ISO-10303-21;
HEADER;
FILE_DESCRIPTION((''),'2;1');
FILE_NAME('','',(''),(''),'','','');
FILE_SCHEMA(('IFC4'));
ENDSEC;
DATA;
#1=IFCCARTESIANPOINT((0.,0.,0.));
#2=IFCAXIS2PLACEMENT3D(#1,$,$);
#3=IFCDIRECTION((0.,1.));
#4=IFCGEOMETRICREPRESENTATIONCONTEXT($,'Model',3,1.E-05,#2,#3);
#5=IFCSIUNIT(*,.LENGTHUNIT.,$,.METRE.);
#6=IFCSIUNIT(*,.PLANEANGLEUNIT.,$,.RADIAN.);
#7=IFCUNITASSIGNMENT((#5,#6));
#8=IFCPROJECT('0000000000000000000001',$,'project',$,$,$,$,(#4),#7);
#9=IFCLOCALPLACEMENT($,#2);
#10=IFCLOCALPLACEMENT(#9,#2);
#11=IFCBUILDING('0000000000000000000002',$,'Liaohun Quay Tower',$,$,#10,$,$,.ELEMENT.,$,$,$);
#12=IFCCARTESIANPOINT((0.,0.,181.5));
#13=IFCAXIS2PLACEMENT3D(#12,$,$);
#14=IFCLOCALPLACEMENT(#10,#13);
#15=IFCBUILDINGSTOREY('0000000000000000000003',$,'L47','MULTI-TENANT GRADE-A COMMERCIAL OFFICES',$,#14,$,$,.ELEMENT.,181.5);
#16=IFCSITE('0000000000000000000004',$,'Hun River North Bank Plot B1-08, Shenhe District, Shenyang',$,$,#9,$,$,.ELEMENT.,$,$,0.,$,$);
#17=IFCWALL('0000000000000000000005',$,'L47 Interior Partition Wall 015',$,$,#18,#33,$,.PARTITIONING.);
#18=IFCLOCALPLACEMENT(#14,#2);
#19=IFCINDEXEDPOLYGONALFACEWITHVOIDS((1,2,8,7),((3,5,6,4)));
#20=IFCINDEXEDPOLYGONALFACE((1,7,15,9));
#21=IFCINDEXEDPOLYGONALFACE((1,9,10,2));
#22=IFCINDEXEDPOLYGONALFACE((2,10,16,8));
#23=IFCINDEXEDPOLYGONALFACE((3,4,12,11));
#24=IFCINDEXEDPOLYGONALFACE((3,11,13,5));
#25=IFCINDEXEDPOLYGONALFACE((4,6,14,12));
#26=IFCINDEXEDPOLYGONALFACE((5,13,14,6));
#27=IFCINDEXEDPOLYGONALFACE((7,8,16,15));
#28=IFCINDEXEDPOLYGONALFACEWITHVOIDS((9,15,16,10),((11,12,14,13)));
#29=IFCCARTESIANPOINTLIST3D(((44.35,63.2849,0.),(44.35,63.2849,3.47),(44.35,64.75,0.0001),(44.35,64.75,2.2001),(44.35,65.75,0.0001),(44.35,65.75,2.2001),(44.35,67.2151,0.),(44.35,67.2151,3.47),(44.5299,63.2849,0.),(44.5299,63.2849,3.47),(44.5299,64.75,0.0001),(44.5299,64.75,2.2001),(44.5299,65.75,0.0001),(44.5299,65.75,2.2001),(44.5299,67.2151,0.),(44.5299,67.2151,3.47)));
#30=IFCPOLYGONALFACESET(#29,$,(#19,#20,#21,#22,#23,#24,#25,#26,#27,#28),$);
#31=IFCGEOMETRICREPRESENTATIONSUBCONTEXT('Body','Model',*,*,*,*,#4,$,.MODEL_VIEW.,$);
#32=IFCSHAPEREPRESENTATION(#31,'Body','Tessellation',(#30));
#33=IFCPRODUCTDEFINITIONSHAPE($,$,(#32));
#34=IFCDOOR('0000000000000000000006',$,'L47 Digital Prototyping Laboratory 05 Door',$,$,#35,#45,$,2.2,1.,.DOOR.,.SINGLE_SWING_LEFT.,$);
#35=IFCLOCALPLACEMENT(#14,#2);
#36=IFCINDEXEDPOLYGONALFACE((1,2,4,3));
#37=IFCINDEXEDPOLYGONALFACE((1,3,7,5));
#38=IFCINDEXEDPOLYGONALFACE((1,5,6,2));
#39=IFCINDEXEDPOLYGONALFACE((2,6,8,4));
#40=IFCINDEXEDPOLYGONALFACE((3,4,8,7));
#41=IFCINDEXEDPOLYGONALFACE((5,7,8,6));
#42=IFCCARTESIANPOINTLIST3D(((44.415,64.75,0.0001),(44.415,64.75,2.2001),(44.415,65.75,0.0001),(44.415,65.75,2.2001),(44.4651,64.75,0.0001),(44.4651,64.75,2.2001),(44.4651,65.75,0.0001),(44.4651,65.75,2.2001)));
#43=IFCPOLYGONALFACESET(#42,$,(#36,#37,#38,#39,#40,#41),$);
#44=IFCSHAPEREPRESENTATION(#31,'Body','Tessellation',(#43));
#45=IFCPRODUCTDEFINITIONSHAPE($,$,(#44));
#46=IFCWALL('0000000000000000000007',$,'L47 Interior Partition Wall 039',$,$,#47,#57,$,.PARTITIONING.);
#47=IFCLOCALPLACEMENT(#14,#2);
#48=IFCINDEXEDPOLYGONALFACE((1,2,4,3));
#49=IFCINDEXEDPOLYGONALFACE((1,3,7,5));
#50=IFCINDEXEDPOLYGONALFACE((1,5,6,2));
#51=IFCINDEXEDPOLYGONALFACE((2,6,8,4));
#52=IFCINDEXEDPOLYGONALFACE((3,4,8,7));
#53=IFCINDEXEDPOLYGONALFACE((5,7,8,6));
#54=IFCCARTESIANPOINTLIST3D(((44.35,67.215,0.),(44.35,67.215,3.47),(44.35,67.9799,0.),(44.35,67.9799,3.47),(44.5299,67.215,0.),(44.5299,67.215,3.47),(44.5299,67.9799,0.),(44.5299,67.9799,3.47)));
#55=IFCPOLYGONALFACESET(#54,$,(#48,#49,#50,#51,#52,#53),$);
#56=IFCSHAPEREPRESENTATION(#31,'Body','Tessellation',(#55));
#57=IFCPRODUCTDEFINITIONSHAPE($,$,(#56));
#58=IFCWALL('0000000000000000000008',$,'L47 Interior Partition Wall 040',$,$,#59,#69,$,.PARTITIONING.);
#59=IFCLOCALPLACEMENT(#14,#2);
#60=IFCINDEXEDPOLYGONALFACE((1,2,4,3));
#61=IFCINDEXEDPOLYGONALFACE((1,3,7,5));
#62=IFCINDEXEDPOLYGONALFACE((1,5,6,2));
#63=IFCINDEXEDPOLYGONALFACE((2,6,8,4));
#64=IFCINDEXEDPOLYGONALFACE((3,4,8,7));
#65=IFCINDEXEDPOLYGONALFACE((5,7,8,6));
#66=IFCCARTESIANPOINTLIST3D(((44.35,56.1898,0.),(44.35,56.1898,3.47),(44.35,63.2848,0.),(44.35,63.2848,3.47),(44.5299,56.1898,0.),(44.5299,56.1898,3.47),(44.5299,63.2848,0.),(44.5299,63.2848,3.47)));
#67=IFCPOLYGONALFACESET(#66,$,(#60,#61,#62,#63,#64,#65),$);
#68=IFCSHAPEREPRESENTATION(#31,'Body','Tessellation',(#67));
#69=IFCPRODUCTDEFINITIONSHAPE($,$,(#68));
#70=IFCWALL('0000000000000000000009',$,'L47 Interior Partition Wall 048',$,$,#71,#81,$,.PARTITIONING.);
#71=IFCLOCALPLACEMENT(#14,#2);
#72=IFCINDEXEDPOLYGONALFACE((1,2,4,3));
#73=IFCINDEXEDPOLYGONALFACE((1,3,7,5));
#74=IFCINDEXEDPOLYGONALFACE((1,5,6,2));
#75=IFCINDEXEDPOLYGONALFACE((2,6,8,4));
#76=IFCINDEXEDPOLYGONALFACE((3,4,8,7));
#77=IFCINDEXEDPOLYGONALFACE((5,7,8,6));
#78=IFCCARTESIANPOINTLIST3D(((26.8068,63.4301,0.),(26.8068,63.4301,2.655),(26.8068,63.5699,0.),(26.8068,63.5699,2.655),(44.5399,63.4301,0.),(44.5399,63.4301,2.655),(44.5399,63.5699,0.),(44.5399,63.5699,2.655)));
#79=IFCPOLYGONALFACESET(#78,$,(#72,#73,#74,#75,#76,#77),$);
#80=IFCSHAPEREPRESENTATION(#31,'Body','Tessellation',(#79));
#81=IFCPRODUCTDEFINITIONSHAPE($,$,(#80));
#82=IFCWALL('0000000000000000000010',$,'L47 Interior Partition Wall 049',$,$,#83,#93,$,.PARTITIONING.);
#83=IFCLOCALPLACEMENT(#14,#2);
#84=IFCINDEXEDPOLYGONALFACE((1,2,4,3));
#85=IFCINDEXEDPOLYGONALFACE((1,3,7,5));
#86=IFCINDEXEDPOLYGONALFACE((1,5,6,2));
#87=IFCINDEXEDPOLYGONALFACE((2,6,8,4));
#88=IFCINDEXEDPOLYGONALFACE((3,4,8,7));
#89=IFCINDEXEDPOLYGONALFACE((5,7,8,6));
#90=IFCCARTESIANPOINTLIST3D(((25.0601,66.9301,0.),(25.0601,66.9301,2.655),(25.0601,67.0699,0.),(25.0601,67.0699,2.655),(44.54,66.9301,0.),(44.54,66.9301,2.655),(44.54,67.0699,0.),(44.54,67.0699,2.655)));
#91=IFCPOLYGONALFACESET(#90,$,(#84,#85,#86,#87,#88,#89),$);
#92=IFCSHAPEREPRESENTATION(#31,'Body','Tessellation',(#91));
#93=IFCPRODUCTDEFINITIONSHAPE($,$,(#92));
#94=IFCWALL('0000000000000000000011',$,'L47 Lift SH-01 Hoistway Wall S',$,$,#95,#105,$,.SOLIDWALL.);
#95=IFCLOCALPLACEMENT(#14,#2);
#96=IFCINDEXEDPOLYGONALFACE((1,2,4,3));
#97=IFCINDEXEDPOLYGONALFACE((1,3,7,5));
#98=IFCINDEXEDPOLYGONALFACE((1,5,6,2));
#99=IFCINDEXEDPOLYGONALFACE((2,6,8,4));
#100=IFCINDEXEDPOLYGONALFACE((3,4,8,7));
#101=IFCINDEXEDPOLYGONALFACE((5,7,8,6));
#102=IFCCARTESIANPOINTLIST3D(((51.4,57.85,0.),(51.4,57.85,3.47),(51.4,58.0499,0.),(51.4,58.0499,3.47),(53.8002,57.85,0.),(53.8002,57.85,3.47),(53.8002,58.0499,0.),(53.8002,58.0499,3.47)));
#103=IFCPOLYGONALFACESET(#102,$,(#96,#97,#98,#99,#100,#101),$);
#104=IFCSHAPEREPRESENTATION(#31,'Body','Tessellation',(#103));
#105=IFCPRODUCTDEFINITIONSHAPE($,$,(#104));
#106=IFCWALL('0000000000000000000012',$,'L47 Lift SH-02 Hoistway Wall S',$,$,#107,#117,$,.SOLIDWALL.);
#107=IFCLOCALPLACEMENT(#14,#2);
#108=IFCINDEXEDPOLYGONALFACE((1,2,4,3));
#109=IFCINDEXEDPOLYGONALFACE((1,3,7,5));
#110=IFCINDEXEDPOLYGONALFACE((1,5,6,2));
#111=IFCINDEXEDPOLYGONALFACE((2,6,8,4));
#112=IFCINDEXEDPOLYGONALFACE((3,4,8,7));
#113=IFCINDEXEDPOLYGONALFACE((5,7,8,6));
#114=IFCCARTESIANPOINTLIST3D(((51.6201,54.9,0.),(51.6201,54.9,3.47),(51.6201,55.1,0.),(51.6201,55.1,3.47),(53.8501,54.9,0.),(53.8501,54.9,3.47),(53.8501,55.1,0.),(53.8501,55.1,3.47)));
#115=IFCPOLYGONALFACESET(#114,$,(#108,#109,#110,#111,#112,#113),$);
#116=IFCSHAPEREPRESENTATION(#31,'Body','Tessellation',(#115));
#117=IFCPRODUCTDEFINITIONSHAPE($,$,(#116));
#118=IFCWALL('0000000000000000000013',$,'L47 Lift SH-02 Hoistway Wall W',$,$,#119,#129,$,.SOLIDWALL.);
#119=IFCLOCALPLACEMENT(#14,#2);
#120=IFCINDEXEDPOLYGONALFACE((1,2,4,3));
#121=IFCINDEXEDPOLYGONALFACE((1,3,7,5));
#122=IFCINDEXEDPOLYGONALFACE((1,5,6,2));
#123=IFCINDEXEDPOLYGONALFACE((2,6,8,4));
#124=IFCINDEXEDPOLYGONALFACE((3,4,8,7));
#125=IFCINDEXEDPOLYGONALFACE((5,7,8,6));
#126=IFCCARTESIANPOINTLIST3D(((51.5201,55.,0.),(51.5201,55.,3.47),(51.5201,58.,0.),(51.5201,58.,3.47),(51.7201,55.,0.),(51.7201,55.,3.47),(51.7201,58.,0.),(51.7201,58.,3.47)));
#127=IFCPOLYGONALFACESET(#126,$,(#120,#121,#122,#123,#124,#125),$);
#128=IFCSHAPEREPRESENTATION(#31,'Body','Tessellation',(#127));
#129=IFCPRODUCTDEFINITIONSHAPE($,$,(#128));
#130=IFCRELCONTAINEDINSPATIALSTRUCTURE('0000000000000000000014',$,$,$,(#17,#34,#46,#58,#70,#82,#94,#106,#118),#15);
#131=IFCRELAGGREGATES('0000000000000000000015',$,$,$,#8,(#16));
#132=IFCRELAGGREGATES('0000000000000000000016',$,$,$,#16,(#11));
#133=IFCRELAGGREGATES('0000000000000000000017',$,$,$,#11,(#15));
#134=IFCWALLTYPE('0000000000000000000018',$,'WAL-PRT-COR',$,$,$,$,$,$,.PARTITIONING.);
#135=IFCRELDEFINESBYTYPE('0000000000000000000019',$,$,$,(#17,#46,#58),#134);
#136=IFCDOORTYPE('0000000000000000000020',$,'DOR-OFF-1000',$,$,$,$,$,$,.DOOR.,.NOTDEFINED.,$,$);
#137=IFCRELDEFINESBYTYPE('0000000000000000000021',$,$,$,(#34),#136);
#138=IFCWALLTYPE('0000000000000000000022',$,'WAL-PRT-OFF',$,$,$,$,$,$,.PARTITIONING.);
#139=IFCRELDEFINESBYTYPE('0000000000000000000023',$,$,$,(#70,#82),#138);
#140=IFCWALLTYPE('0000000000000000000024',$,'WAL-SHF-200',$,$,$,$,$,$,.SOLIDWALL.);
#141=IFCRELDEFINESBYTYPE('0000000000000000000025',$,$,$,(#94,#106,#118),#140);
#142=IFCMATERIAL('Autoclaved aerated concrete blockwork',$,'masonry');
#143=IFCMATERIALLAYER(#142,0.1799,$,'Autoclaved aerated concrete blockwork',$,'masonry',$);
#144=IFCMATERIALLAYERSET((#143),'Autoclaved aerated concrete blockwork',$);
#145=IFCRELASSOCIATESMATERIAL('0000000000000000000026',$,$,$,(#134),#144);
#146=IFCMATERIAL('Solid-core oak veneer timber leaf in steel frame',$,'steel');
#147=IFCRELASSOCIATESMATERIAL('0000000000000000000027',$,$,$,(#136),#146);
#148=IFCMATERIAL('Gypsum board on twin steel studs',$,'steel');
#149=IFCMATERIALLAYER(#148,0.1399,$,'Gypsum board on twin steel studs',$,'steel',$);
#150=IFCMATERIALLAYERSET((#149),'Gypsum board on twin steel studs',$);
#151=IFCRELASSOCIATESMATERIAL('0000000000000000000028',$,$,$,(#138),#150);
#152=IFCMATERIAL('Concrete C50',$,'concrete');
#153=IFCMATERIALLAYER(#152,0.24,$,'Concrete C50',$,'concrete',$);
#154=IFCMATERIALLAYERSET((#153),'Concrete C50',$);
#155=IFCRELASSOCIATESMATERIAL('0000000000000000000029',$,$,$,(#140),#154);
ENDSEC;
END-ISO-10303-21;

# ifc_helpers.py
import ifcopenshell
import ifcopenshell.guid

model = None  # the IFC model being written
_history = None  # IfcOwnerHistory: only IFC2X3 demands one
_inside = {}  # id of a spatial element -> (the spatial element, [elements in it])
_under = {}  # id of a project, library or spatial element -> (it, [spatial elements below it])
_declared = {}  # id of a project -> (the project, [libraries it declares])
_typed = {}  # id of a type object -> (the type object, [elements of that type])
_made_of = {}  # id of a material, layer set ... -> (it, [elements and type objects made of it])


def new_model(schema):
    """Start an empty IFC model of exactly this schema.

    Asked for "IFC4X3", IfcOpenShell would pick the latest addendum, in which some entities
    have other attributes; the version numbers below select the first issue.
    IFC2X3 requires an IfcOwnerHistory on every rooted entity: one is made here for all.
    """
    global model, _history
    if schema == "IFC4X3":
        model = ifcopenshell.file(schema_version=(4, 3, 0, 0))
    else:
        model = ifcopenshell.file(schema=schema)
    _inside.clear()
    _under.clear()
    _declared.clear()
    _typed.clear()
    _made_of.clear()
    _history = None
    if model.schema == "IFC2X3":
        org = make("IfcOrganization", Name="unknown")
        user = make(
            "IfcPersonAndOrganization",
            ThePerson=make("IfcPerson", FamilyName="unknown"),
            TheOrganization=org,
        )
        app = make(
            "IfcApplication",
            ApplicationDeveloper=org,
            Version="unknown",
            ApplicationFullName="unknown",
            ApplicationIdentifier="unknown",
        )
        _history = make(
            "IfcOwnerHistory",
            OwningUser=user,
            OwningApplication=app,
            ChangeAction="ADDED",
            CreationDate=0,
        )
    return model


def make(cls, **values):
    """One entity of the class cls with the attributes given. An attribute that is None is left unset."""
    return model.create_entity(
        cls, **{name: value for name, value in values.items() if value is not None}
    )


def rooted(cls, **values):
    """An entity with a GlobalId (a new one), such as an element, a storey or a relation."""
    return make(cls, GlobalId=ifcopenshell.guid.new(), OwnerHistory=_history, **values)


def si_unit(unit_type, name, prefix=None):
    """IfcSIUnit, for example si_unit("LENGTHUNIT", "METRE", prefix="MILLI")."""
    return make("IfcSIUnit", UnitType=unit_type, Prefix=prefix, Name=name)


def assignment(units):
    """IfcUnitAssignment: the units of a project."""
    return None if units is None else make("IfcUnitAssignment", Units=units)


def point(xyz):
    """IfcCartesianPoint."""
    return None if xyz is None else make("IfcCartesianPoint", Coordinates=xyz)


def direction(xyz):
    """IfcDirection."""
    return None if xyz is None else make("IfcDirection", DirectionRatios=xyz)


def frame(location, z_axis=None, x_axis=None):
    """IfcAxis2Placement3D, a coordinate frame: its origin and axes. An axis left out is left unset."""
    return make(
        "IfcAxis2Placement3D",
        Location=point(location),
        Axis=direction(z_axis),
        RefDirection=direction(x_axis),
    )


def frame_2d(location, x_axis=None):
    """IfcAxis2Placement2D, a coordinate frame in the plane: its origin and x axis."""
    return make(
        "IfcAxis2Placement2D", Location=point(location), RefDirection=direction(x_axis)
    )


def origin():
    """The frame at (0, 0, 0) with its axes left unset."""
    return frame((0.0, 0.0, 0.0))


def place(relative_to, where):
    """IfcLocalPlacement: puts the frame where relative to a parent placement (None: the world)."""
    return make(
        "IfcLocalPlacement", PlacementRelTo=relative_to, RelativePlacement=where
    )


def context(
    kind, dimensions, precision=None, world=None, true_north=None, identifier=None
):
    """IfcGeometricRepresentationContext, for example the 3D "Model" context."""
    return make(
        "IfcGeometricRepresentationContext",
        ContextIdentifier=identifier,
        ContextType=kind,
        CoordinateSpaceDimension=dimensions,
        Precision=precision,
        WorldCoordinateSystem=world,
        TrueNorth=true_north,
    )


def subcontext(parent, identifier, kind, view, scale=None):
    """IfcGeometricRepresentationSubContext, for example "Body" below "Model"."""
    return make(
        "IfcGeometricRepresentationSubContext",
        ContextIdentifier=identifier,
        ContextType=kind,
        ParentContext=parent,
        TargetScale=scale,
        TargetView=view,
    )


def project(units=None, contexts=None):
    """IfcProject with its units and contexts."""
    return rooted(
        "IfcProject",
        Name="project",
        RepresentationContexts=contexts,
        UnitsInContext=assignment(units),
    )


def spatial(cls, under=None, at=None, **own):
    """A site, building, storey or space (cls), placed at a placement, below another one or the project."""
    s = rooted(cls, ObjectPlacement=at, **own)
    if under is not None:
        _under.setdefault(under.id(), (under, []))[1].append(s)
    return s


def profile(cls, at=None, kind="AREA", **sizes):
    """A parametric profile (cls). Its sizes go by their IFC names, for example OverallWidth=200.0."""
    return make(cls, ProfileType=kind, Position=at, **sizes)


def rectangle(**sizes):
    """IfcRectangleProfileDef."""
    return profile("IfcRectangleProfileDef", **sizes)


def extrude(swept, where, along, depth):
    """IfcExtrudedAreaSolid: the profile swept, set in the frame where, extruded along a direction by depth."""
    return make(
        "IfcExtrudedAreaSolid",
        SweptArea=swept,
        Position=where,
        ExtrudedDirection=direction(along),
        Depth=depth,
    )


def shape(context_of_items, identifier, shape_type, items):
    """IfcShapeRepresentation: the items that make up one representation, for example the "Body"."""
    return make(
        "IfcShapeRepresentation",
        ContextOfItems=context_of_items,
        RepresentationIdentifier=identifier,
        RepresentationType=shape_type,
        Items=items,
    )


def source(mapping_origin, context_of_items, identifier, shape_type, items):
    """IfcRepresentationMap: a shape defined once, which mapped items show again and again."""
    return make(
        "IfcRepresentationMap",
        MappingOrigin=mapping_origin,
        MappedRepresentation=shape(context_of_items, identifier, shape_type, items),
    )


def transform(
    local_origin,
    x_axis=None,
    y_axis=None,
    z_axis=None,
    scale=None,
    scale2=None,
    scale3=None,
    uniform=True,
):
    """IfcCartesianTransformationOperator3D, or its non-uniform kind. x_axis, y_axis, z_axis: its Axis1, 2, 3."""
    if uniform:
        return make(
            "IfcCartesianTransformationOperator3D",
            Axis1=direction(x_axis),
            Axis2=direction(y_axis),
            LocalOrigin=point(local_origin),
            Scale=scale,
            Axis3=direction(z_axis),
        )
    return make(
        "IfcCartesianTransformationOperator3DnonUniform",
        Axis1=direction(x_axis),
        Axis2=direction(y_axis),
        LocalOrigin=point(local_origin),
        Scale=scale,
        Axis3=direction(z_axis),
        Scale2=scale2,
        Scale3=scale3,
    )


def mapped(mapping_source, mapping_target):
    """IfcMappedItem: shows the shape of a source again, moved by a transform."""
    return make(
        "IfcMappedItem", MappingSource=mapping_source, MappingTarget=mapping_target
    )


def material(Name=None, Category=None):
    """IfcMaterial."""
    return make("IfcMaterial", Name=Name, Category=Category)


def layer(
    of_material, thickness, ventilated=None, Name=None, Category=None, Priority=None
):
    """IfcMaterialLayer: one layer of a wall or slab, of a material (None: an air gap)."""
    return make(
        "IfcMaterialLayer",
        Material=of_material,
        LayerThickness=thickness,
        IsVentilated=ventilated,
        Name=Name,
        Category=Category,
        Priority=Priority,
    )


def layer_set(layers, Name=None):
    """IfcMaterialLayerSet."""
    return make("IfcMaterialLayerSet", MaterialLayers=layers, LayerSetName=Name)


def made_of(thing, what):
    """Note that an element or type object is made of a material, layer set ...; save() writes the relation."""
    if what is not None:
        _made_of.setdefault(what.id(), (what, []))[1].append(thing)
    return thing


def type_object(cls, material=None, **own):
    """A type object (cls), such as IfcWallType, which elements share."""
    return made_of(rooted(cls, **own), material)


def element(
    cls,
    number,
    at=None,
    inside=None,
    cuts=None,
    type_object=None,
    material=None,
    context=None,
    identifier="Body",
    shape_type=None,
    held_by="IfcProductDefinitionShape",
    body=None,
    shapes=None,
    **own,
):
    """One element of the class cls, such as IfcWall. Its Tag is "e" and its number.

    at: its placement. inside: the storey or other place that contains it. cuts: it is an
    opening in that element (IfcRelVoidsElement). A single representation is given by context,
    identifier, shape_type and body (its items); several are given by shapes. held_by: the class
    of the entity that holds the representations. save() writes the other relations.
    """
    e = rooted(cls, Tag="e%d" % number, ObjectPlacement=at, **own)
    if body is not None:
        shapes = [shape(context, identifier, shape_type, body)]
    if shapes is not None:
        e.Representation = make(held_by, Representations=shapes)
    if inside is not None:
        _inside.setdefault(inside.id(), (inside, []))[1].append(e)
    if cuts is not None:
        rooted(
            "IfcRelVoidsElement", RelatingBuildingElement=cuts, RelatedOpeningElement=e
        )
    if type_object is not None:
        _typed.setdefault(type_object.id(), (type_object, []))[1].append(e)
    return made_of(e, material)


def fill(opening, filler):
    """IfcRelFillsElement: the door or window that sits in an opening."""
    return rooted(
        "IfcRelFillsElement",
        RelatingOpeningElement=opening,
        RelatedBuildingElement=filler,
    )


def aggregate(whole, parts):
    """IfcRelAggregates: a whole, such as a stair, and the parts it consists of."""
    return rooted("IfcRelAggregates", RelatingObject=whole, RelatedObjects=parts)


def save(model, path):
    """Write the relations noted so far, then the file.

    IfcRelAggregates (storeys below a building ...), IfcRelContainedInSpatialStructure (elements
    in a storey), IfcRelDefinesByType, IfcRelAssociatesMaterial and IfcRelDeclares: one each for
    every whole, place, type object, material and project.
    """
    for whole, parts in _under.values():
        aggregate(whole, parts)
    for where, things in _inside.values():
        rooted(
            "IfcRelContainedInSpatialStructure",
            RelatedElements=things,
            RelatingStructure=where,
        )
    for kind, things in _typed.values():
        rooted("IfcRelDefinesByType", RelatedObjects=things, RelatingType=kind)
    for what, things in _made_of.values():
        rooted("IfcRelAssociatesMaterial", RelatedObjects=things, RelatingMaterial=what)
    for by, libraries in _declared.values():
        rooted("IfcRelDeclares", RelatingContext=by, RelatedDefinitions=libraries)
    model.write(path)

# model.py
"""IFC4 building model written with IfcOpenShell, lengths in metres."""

from ifc_helpers import new_model, si_unit, direction, frame, frame_2d, origin, place, context, subcontext, project, spatial, rectangle, extrude, source, transform, mapped, material, layer, layer_set, type_object, element, fill, save


model = new_model("IFC4")

# Units and contexts
model_context = context("Model", 3, precision=1e-05, world=origin(), true_north=direction((0.0, 1.0)))
body_context = subcontext(model_context, "Body", "Model", "MODEL_VIEW")
ifc_project = project(units=[si_unit("LENGTHUNIT", "METRE"), si_unit("PLANEANGLEUNIT", "RADIAN")], contexts=[model_context])

# Site, building, storey
site_placement = place(None, origin())
site = spatial("IfcSite", under=ifc_project, at=site_placement, Name="Hun River North Bank Plot B1-08, Shenhe District, Shenyang", CompositionType="ELEMENT", RefElevation=0.0)
building_placement = place(site_placement, origin())
building = spatial("IfcBuilding", under=site, at=building_placement, Name="Liaohun Quay Tower", CompositionType="ELEMENT")
storey_placement = place(building_placement, frame((0.0, 0.0, 181.5)))
storey = spatial("IfcBuildingStorey", under=building, at=storey_placement, Name="L47", Description="MULTI-TENANT GRADE-A COMMERCIAL OFFICES", CompositionType="ELEMENT", Elevation=181.5)

# Wall, opening, door
ifc_material_1 = material(Name="Autoclaved aerated concrete blockwork", Category="masonry")
ifc_layer_1 = layer(ifc_material_1, 0.1799, Name="Autoclaved aerated concrete blockwork", Category="masonry")
ifc_layer_set_1 = layer_set([ifc_layer_1], Name="Autoclaved aerated concrete blockwork")
wall_type_1 = type_object("IfcWallType", Name="WAL-PRT-COR", PredefinedType="PARTITIONING", material=ifc_layer_set_1)
wall_1_placement = place(storey_placement, frame((44.4399, 63.2849, 0.0), z_axis=(0.0, 0.0, 1.0), x_axis=(0.0, 1.0, 0.0)))
wall_1 = element("IfcWall", 1, at=wall_1_placement, inside=storey, type_object=wall_type_1, Name="L47 Interior Partition Wall 015", PredefinedType="PARTITIONING", context=body_context, shape_type="SweptSolid", body=[
    extrude(rectangle(XDim=3.9302, YDim=0.1799, at=frame_2d((1.9651, 0.0))), origin(), (0.0, 0.0, 1.0), 3.47),
])
shared_shape_1 = source(origin(), body_context, "Body", "SweptSolid", [
    extrude(rectangle(XDim=1.0, YDim=2.2, at=frame_2d((0.5, 1.1001))), frame((0.0, 0.0999, 0.0), z_axis=(0.0, -1.0, 0.0), x_axis=(1.0, 0.0, 0.0)), (0.0, 0.0, 1.0), 0.2),
])
opening_1_placement = place(wall_1_placement, frame((1.4651, 0.0, 0.0)))
opening_1 = element("IfcOpeningElement", 2, at=opening_1_placement, cuts=wall_1, PredefinedType="OPENING", context=body_context, shape_type="MappedRepresentation", body=[
    mapped(shared_shape_1, transform((0.0, 0.0, 0.0), x_axis=(1.0, 0.0, 0.0), y_axis=(0.0, 1.0, 0.0), z_axis=(0.0, 0.0, 1.0), scale=1.0)),
])
ifc_material_2 = material(Name="Solid-core oak veneer timber leaf in steel frame", Category="steel")
door_type_1 = type_object("IfcDoorType", Name="DOR-OFF-1000", OperationType="NOTDEFINED", PredefinedType="DOOR", material=ifc_material_2)
shared_shape_2 = source(origin(), body_context, "Body", "SweptSolid", [
    extrude(rectangle(XDim=1.0, YDim=2.2, at=frame_2d((0.5, 1.1001))), frame((0.0, 0.0249, 0.0), z_axis=(0.0, -1.0, 0.0), x_axis=(1.0, 0.0, 0.0)), (0.0, 0.0, 1.0), 0.05),
])
door_1_placement = place(opening_1_placement, origin())
door_1 = element("IfcDoor", 3, at=door_1_placement, inside=storey, type_object=door_type_1, Name="L47 Digital Prototyping Laboratory 05 Door", OperationType="SINGLE_SWING_LEFT", OverallHeight=2.2, OverallWidth=1.0, PredefinedType="DOOR", context=body_context, shape_type="MappedRepresentation", body=[
    mapped(shared_shape_2, transform((0.0, 0.0, 0.0), x_axis=(1.0, 0.0, 0.0), y_axis=(0.0, 1.0, 0.0), z_axis=(0.0, 0.0, 1.0), scale=1.0)),
])
fill(opening_1, door_1)

# Walls
wall_2_placement = place(storey_placement, frame((44.4399, 67.2151, 0.0), z_axis=(0.0, 0.0, 1.0), x_axis=(0.0, 1.0, 0.0)))
element("IfcWall", 4, at=wall_2_placement, inside=storey, type_object=wall_type_1, Name="L47 Interior Partition Wall 039", PredefinedType="PARTITIONING", context=body_context, shape_type="SweptSolid", body=[
    extrude(rectangle(XDim=0.7649, YDim=0.1799, at=frame_2d((0.3823, 0.0))), origin(), (0.0, 0.0, 1.0), 3.47),
])
wall_3_placement = place(storey_placement, frame((44.4399, 56.1899, 0.0), z_axis=(0.0, 0.0, 1.0), x_axis=(0.0, 1.0, 0.0)))
element("IfcWall", 5, at=wall_3_placement, inside=storey, type_object=wall_type_1, Name="L47 Interior Partition Wall 040", PredefinedType="PARTITIONING", context=body_context, shape_type="SweptSolid", body=[
    extrude(rectangle(XDim=7.095, YDim=0.1799, at=frame_2d((3.5474, 0.0))), origin(), (0.0, 0.0, 1.0), 3.47),
])
ifc_material_3 = material(Name="Gypsum board on twin steel studs", Category="steel")
ifc_layer_2 = layer(ifc_material_3, 0.1399, Name="Gypsum board on twin steel studs", Category="steel")
ifc_layer_set_2 = layer_set([ifc_layer_2], Name="Gypsum board on twin steel studs")
wall_type_2 = type_object("IfcWallType", Name="WAL-PRT-OFF", PredefinedType="PARTITIONING", material=ifc_layer_set_2)
wall_4_placement = place(storey_placement, frame((44.54, 63.5, 0.0), z_axis=(0.0, 0.0, 1.0), x_axis=(-1.0, 0.0, 0.0)))
element("IfcWall", 6, at=wall_4_placement, inside=storey, type_object=wall_type_2, Name="L47 Interior Partition Wall 048", PredefinedType="PARTITIONING", context=body_context, shape_type="SweptSolid", body=[
    extrude(rectangle(XDim=17.7332, YDim=0.1399, at=frame_2d((8.8667, 0.0))), origin(), (0.0, 0.0, 1.0), 2.655),
])
wall_5_placement = place(storey_placement, frame((44.54, 67.0, 0.0), z_axis=(0.0, 0.0, 1.0), x_axis=(-1.0, 0.0, 0.0)))
element("IfcWall", 7, at=wall_5_placement, inside=storey, type_object=wall_type_2, Name="L47 Interior Partition Wall 049", PredefinedType="PARTITIONING", context=body_context, shape_type="SweptSolid", body=[
    extrude(rectangle(XDim=19.48, YDim=0.1399, at=frame_2d((9.74, 0.0))), origin(), (0.0, 0.0, 1.0), 2.655),
])
ifc_material_4 = material(Name="Concrete C50", Category="concrete")
ifc_layer_3 = layer(ifc_material_4, 0.24, Name="Concrete C50", Category="concrete")
ifc_layer_set_3 = layer_set([ifc_layer_3], Name="Concrete C50")
wall_type_3 = type_object("IfcWallType", Name="WAL-SHF-200", PredefinedType="SOLIDWALL", material=ifc_layer_set_3)
wall_6_placement = place(storey_placement, frame((51.3999, 57.95, 0.0), z_axis=(0.0, 0.0, 1.0), x_axis=(1.0, 0.0, 0.0)))
element("IfcWall", 8, at=wall_6_placement, inside=storey, type_object=wall_type_3, Name="L47 Lift SH-01 Hoistway Wall S", PredefinedType="SOLIDWALL", context=body_context, shape_type="SweptSolid", body=[
    extrude(rectangle(XDim=2.4001, YDim=0.2, at=frame_2d((1.2002, 0.0))), origin(), (0.0, 0.0, 1.0), 3.47),
])
wall_7_placement = place(storey_placement, frame((51.6201, 55.0, 0.0), z_axis=(0.0, 0.0, 1.0), x_axis=(1.0, 0.0, 0.0)))
element("IfcWall", 9, at=wall_7_placement, inside=storey, type_object=wall_type_3, Name="L47 Lift SH-02 Hoistway Wall S", PredefinedType="SOLIDWALL", context=body_context, shape_type="SweptSolid", body=[
    extrude(rectangle(XDim=2.23, YDim=0.2, at=frame_2d((1.115, 0.0))), origin(), (0.0, 0.0, 1.0), 3.47),
])
wall_8_placement = place(storey_placement, frame((51.6201, 58.0, 0.0), z_axis=(0.0, 0.0, 1.0), x_axis=(0.0, -1.0, 0.0)))
element("IfcWall", 10, at=wall_8_placement, inside=storey, type_object=wall_type_3, Name="L47 Lift SH-02 Hoistway Wall W", PredefinedType="SOLIDWALL", context=body_context, shape_type="SweptSolid", body=[
    extrude(rectangle(XDim=3.0, YDim=0.2, at=frame_2d((1.5, 0.0))), origin(), (0.0, 0.0, 1.0), 3.47),
])

save(model, "model.ifc")
